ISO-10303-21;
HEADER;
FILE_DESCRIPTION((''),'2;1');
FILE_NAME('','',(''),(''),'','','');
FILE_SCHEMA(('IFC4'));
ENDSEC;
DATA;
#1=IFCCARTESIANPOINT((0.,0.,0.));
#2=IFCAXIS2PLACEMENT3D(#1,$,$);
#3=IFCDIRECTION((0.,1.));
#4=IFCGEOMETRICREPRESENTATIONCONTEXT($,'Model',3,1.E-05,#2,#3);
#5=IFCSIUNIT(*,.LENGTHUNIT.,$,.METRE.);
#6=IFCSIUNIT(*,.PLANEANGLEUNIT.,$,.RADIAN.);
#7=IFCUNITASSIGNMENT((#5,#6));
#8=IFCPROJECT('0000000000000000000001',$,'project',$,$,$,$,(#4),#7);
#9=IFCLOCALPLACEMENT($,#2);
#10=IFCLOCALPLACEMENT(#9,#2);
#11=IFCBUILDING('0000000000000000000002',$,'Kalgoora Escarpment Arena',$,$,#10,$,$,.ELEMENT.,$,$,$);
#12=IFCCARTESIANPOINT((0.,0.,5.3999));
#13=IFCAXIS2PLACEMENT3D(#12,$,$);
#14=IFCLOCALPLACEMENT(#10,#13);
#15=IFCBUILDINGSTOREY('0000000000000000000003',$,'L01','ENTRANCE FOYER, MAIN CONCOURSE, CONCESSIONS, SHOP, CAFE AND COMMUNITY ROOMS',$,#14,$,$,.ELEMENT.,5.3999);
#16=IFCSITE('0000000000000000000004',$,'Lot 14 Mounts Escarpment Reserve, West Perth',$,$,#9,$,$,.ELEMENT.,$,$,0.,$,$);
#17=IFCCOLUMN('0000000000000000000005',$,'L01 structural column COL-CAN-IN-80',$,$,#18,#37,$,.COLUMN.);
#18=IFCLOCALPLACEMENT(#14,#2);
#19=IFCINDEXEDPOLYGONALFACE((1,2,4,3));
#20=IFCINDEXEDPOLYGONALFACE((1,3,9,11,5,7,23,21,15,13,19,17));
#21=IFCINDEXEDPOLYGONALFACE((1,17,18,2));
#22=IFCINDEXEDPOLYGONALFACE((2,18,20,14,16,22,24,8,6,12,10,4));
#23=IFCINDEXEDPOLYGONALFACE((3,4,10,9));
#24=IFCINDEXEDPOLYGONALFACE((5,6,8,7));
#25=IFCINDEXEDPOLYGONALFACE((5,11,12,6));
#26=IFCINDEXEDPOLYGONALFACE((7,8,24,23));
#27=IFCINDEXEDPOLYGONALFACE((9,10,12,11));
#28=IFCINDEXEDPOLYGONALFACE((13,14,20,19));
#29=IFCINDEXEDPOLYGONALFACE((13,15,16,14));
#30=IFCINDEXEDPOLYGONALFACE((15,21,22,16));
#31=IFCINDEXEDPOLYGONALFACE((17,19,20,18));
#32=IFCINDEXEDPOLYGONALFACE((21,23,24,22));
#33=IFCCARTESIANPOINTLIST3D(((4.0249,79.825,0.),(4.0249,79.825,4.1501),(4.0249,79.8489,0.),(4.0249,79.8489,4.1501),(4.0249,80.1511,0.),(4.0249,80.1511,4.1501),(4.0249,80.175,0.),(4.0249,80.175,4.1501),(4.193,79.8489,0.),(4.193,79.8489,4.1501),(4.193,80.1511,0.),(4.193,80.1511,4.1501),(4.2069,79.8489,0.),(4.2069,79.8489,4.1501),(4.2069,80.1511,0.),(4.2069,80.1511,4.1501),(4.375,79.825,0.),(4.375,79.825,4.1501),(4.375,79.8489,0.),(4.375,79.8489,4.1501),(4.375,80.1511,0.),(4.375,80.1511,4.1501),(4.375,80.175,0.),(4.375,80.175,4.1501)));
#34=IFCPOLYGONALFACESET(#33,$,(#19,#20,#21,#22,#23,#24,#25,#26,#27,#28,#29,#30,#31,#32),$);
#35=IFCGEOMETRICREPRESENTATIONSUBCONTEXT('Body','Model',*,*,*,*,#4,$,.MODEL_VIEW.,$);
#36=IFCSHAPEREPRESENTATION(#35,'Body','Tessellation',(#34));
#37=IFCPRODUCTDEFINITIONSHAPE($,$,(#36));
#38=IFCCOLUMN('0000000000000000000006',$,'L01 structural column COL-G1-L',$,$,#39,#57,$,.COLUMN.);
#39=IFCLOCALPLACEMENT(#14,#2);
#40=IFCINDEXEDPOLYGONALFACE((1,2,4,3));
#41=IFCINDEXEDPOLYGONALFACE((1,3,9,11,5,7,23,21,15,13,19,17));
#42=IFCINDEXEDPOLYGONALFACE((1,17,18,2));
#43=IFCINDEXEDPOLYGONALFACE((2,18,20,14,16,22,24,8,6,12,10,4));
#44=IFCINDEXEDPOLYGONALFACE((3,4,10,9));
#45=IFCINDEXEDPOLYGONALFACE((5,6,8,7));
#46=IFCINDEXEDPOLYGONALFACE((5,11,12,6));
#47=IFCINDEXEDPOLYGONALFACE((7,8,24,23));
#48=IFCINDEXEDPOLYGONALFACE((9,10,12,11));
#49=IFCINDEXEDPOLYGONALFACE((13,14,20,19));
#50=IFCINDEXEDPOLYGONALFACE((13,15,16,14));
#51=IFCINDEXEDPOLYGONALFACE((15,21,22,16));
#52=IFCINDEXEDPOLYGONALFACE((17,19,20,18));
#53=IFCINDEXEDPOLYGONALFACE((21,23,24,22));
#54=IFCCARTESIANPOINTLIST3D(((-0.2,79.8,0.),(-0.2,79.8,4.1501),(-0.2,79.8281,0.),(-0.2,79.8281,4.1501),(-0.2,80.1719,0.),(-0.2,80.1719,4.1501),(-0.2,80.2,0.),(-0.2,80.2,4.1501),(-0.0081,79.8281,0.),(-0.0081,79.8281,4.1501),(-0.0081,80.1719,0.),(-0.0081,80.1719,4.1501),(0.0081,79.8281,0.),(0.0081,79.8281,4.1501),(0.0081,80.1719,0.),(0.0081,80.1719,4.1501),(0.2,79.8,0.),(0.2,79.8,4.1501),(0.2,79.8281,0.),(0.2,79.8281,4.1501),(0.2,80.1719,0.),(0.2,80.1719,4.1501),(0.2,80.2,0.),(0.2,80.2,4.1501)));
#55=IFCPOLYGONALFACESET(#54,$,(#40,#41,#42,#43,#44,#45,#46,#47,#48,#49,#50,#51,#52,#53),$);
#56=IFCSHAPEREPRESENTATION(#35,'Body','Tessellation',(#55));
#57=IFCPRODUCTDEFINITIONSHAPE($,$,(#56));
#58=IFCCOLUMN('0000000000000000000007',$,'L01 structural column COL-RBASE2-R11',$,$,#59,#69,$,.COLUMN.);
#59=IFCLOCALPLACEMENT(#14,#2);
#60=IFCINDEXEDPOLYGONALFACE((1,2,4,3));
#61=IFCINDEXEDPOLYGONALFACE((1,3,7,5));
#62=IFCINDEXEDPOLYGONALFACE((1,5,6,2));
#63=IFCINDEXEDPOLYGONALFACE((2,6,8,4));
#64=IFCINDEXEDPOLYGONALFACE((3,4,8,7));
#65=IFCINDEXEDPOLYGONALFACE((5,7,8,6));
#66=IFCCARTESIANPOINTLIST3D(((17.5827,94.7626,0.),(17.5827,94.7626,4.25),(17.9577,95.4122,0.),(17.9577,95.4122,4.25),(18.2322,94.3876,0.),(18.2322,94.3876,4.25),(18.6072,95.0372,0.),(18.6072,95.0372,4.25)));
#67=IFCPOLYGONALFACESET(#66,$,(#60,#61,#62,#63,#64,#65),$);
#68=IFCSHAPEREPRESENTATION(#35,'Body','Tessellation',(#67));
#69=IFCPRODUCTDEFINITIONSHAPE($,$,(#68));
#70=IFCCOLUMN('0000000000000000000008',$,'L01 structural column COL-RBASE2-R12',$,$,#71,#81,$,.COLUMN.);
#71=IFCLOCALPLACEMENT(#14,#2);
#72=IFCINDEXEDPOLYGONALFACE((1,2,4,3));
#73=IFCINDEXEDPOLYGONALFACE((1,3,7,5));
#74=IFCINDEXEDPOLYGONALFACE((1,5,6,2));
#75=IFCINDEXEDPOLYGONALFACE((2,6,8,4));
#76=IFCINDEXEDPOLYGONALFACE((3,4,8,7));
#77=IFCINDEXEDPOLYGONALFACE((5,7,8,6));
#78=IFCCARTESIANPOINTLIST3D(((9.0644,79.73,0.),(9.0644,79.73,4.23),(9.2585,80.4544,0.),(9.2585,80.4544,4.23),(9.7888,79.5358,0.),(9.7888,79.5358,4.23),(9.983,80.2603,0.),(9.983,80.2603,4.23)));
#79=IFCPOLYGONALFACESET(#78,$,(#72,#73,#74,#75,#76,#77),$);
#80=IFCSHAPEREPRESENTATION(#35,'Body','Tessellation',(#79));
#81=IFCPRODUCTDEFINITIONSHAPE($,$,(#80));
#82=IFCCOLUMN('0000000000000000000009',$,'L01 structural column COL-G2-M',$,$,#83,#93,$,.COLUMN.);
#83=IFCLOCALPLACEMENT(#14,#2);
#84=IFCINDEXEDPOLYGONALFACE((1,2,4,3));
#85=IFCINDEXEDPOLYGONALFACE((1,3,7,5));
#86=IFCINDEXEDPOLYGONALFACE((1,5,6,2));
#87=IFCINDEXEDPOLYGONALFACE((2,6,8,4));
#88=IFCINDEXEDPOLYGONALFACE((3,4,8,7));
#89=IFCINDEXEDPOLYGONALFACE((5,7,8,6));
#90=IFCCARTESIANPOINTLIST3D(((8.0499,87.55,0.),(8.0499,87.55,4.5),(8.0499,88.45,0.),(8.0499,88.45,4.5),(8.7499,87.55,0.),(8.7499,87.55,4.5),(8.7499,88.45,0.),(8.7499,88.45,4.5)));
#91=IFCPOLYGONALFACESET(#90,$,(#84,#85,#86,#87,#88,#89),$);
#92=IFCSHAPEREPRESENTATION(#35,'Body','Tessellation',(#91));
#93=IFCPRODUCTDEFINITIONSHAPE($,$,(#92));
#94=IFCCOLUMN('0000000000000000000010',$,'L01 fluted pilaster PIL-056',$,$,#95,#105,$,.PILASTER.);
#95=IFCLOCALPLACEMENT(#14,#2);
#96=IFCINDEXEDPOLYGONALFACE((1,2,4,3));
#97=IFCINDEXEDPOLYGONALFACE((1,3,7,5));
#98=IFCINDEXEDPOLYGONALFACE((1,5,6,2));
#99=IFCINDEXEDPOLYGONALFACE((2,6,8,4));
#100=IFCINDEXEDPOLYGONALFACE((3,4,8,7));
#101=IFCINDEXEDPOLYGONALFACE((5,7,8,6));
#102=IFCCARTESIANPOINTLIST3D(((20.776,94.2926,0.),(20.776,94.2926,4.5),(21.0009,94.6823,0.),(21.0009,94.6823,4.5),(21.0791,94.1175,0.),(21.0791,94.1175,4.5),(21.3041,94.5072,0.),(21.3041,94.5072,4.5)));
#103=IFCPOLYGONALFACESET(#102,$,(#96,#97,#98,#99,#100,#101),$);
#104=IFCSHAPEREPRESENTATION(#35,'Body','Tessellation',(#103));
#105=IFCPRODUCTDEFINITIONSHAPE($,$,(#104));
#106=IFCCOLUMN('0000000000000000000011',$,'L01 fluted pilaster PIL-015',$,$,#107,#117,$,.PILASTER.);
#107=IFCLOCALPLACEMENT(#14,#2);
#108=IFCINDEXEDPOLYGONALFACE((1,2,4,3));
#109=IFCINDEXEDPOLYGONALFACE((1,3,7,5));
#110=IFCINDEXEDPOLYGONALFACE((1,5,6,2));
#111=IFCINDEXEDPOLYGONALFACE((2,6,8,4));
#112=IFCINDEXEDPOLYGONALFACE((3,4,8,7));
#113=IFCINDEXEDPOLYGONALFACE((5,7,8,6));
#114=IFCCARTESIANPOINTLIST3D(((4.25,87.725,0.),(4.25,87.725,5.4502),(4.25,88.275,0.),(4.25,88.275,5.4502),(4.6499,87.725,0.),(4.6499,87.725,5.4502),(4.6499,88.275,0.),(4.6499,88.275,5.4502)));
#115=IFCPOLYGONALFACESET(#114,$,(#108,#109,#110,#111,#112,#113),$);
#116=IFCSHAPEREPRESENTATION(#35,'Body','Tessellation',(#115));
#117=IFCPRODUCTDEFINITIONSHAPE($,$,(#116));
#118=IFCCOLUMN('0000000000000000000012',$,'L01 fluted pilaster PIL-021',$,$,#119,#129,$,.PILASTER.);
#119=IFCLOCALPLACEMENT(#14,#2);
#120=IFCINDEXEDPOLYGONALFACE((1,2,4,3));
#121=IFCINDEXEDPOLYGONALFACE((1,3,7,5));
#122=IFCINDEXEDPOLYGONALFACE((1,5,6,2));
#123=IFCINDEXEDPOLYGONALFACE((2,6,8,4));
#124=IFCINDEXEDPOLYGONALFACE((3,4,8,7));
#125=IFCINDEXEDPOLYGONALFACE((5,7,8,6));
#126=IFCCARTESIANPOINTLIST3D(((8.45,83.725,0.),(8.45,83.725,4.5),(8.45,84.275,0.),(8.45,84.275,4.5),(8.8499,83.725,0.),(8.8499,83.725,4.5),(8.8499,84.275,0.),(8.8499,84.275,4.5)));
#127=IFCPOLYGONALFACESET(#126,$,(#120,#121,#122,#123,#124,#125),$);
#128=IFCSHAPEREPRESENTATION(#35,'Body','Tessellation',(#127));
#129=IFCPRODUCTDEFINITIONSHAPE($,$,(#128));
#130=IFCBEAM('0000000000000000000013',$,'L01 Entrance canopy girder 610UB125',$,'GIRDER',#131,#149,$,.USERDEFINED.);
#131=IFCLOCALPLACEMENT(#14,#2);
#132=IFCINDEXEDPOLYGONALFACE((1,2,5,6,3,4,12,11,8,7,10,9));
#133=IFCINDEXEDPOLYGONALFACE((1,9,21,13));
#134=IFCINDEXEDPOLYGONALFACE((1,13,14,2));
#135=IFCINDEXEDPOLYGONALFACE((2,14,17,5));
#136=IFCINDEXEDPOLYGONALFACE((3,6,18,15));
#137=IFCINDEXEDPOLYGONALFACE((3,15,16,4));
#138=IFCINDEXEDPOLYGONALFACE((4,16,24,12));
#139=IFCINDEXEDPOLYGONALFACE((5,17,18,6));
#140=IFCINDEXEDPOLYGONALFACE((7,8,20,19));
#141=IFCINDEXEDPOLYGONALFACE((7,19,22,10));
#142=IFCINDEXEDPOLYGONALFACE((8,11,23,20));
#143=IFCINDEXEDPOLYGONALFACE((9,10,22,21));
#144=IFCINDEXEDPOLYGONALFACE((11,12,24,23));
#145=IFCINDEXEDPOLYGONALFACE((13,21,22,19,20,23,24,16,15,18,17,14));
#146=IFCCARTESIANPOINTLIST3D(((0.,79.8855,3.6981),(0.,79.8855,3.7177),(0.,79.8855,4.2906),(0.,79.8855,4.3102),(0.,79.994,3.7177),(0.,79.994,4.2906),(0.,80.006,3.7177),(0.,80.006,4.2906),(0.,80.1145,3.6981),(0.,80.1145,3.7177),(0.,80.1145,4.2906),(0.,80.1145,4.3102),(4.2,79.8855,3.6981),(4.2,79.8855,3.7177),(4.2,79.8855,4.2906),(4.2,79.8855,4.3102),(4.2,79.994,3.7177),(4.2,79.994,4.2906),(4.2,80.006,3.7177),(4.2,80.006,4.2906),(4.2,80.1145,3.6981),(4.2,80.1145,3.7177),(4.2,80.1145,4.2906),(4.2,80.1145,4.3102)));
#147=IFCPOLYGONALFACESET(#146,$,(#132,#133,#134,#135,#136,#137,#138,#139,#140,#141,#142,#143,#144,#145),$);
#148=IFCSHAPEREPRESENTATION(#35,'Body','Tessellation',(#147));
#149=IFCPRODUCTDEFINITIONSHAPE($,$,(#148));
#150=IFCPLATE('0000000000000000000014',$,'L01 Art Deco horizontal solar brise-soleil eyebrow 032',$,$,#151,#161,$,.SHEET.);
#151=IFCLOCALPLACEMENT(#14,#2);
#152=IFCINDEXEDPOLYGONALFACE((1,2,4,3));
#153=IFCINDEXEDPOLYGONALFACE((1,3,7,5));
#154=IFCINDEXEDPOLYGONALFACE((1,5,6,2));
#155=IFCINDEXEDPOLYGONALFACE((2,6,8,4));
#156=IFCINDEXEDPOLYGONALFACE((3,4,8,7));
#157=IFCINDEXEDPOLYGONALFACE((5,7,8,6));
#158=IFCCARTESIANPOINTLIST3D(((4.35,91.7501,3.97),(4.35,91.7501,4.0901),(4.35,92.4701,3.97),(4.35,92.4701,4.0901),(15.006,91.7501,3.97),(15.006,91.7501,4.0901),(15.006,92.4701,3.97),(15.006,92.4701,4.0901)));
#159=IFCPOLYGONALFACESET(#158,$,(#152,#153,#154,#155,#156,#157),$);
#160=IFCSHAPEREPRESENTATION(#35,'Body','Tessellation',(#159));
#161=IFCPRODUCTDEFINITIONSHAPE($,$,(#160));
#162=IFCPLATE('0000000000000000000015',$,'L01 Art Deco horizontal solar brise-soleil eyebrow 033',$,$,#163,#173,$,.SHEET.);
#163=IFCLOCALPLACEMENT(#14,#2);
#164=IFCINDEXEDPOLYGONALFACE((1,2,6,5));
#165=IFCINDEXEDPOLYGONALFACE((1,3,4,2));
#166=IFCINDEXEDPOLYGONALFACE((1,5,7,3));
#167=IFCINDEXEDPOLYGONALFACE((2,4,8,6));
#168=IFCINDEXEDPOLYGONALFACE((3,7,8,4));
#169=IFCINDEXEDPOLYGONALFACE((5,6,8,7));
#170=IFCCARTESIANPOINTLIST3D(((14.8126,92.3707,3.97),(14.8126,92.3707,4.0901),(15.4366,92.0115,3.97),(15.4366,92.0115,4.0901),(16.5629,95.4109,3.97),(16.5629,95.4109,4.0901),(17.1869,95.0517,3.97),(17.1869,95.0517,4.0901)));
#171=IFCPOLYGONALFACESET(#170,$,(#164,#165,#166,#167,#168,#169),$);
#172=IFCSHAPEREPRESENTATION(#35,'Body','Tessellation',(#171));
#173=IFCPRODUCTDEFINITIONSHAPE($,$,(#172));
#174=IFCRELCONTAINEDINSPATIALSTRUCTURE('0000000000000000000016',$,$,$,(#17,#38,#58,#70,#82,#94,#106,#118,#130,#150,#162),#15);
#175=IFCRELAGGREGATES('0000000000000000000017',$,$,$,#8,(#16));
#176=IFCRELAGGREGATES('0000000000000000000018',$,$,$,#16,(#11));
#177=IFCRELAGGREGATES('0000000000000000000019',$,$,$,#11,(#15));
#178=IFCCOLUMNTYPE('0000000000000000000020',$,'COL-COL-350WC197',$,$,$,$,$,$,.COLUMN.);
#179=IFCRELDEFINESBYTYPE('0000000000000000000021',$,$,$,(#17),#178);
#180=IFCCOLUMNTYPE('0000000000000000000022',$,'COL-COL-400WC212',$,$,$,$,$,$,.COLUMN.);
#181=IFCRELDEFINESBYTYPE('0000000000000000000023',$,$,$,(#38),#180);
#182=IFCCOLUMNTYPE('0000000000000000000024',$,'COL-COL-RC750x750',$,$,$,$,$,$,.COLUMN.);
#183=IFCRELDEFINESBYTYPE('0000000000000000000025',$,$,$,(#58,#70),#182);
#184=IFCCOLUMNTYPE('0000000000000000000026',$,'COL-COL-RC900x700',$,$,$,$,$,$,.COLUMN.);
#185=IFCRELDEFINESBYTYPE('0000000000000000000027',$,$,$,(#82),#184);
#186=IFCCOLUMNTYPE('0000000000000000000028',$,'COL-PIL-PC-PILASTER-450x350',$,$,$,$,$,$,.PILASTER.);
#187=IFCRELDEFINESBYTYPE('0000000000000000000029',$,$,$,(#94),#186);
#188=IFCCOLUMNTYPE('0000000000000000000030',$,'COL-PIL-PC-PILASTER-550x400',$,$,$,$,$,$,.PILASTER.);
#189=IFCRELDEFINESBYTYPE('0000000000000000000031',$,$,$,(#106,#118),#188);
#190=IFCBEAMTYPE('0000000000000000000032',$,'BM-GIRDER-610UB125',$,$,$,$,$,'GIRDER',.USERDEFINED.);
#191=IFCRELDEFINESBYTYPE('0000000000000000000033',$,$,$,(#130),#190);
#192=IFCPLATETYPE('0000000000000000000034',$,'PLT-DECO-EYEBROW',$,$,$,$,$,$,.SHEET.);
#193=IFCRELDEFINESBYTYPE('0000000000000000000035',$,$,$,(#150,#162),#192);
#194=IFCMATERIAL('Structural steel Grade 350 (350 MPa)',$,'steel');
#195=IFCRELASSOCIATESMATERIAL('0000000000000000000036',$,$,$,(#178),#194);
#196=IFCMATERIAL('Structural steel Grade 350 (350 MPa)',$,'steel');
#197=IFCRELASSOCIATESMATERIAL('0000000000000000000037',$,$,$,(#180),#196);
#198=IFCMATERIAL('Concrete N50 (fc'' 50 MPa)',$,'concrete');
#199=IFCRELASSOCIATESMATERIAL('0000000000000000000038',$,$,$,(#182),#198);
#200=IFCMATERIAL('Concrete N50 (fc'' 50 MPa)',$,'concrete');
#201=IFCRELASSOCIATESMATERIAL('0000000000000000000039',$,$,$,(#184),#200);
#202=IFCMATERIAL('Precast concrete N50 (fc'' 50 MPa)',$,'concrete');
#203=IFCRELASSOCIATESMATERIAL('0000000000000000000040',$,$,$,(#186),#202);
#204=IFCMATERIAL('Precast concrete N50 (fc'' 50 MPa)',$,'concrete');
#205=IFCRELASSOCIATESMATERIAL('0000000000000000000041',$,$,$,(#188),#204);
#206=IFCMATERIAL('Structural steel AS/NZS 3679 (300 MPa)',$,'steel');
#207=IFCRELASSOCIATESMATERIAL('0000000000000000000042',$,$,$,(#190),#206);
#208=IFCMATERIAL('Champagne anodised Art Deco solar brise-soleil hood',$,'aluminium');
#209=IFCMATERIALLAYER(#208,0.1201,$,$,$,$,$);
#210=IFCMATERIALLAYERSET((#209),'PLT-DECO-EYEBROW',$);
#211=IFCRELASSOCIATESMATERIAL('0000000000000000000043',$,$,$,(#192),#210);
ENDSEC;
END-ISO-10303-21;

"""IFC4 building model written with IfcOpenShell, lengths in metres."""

from ifc_helpers import new_model, si_unit, direction, frame, origin, origin_2d, place, context, subcontext, project, spatial, rectangle, i_section, extrude, material, layer, layer_set, material_profile, profile_set, type_object, element, save


model = new_model("IFC4")

# Units and contexts
model_context = context("Model", 3, precision=1e-05, world=origin(), true_north=direction((0.0, 1.0)))
body_context = subcontext(model_context, "Body", "Model", "MODEL_VIEW")
ifc_project = project(units=[si_unit("LENGTHUNIT", "METRE"), si_unit("PLANEANGLEUNIT", "RADIAN")], contexts=[model_context])

# Site, building, storey
site_placement = place(None, origin())
site = spatial("IfcSite", under=ifc_project, at=site_placement, Name="Lot 14 Mounts Escarpment Reserve, West Perth", CompositionType="ELEMENT", RefElevation=0.0)
building_placement = place(site_placement, origin())
building = spatial("IfcBuilding", under=site, at=building_placement, Name="Kalgoora Escarpment Arena", CompositionType="ELEMENT")
storey_placement = place(building_placement, frame((0.0, 0.0, 5.3999)))
storey = spatial("IfcBuildingStorey", under=building, at=storey_placement, Name="L01", Description="ENTRANCE FOYER, MAIN CONCOURSE, CONCESSIONS, SHOP, CAFE AND COMMUNITY ROOMS", CompositionType="ELEMENT", Elevation=5.3999)

# Columns
ifc_material_1 = material(Name="Structural steel Grade 350 (350 MPa)", Category="steel")
ifc_material_profile_1 = material_profile(ifc_material_1, i_section(OverallWidth=0.3501, OverallDepth=0.3501, WebThickness=0.0139, FlangeThickness=0.0239, at=origin_2d()))
ifc_profile_set_1 = profile_set([ifc_material_profile_1], Name="Structural steel Grade 350 (350 MPa)")
column_type_1 = type_object("IfcColumnType", Name="COL-COL-350WC197", PredefinedType="COLUMN", material=ifc_profile_set_1)
column_1_placement = place(storey_placement, frame((4.2, 80.0, 0.0), z_axis=(0.0, 0.0, 1.0), x_axis=(1.0, 0.0, 0.0)))
element("IfcColumn", 1, at=column_1_placement, inside=storey, type_object=column_type_1, Name="L01 structural column COL-CAN-IN-80", PredefinedType="COLUMN", context=body_context, shape_type="SweptSolid", body=[
    extrude(i_section(OverallWidth=0.3501, OverallDepth=0.3501, WebThickness=0.0139, FlangeThickness=0.0239, at=origin_2d()), origin(), (0.0, 0.0, 1.0), 4.1501),
])
ifc_material_2 = material(Name="Structural steel Grade 350 (350 MPa)", Category="steel")
ifc_material_profile_2 = material_profile(ifc_material_2, i_section(OverallWidth=0.3999, OverallDepth=0.3999, WebThickness=0.0161, FlangeThickness=0.0281, at=origin_2d()))
ifc_profile_set_2 = profile_set([ifc_material_profile_2], Name="Structural steel Grade 350 (350 MPa)")
column_type_2 = type_object("IfcColumnType", Name="COL-COL-400WC212", PredefinedType="COLUMN", material=ifc_profile_set_2)
column_2_placement = place(storey_placement, frame((0.0, 80.0, 0.0), z_axis=(0.0, 0.0, 1.0), x_axis=(1.0, 0.0, 0.0)))
element("IfcColumn", 2, at=column_2_placement, inside=storey, type_object=column_type_2, Name="L01 structural column COL-G1-L", PredefinedType="COLUMN", context=body_context, shape_type="SweptSolid", body=[
    extrude(i_section(OverallWidth=0.3999, OverallDepth=0.3999, WebThickness=0.0161, FlangeThickness=0.0281, at=origin_2d()), origin(), (0.0, 0.0, 1.0), 4.1501),
])
ifc_material_3 = material(Name="Concrete N50 (fc' 50 MPa)", Category="concrete")
ifc_material_profile_3 = material_profile(ifc_material_3, rectangle(XDim=0.75, YDim=0.75, at=origin_2d()))
ifc_profile_set_3 = profile_set([ifc_material_profile_3], Name="Concrete N50 (fc' 50 MPa)")
column_type_3 = type_object("IfcColumnType", Name="COL-COL-RC750x750", PredefinedType="COLUMN", material=ifc_profile_set_3)
column_3_placement = place(storey_placement, frame((18.095, 94.8999, 0.0), z_axis=(0.0, 0.0, 1.0), x_axis=(-0.866025, 0.5, 0.0)))
element("IfcColumn", 3, at=column_3_placement, inside=storey, type_object=column_type_3, Name="L01 structural column COL-RBASE2-R11", PredefinedType="COLUMN", context=body_context, shape_type="SweptSolid", body=[
    extrude(rectangle(XDim=0.75, YDim=0.75, at=origin_2d()), origin(), (0.0, 0.0, 1.0), 4.25),
])
column_4_placement = place(storey_placement, frame((9.5237, 79.9951, 0.0), z_axis=(0.0, 0.0, 1.0), x_axis=(-0.965926, 0.258819, 0.0)))
element("IfcColumn", 4, at=column_4_placement, inside=storey, type_object=column_type_3, Name="L01 structural column COL-RBASE2-R12", PredefinedType="COLUMN", context=body_context, shape_type="SweptSolid", body=[
    extrude(rectangle(XDim=0.75, YDim=0.75, at=origin_2d()), origin(), (0.0, 0.0, 1.0), 4.23),
])
ifc_material_4 = material(Name="Concrete N50 (fc' 50 MPa)", Category="concrete")
ifc_material_profile_4 = material_profile(ifc_material_4, rectangle(XDim=0.7, YDim=0.8999, at=origin_2d()))
ifc_profile_set_4 = profile_set([ifc_material_profile_4], Name="Concrete N50 (fc' 50 MPa)")
column_type_4 = type_object("IfcColumnType", Name="COL-COL-RC900x700", PredefinedType="COLUMN", material=ifc_profile_set_4)
column_5_placement = place(storey_placement, frame((8.3999, 88.0, 0.0), z_axis=(0.0, 0.0, 1.0), x_axis=(1.0, 0.0, 0.0)))
element("IfcColumn", 5, at=column_5_placement, inside=storey, type_object=column_type_4, Name="L01 structural column COL-G2-M", PredefinedType="COLUMN", context=body_context, shape_type="SweptSolid", body=[
    extrude(rectangle(XDim=0.7, YDim=0.8999, at=origin_2d()), origin(), (0.0, 0.0, 1.0), 4.5),
])
ifc_material_5 = material(Name="Precast concrete N50 (fc' 50 MPa)", Category="concrete")
ifc_material_profile_5 = material_profile(ifc_material_5, rectangle(XDim=0.3501, YDim=0.45, at=origin_2d()))
ifc_profile_set_5 = profile_set([ifc_material_profile_5], Name="Precast concrete N50 (fc' 50 MPa)")
column_type_5 = type_object("IfcColumnType", Name="COL-PIL-PC-PILASTER-450x350", PredefinedType="PILASTER", material=ifc_profile_set_5)
column_6_placement = place(storey_placement, frame((21.04, 94.3999, 0.0), z_axis=(0.0, 0.0, 1.0), x_axis=(-0.866025, 0.5, 0.0)))
element("IfcColumn", 6, at=column_6_placement, inside=storey, type_object=column_type_5, Name="L01 fluted pilaster PIL-056", PredefinedType="PILASTER", context=body_context, shape_type="SweptSolid", body=[
    extrude(rectangle(XDim=0.3501, YDim=0.45, at=origin_2d()), origin(), (0.0, 0.0, 1.0), 4.5),
])
ifc_material_6 = material(Name="Precast concrete N50 (fc' 50 MPa)", Category="concrete")
ifc_material_profile_6 = material_profile(ifc_material_6, rectangle(XDim=0.3999, YDim=0.55, at=origin_2d()))
ifc_profile_set_6 = profile_set([ifc_material_profile_6], Name="Precast concrete N50 (fc' 50 MPa)")
column_type_6 = type_object("IfcColumnType", Name="COL-PIL-PC-PILASTER-550x400", PredefinedType="PILASTER", material=ifc_profile_set_6)
column_7_placement = place(storey_placement, frame((4.45, 88.0, 0.0), z_axis=(0.0, 0.0, 1.0), x_axis=(1.0, 0.0, 0.0)))
element("IfcColumn", 7, at=column_7_placement, inside=storey, type_object=column_type_6, Name="L01 fluted pilaster PIL-015", PredefinedType="PILASTER", context=body_context, shape_type="SweptSolid", body=[
    extrude(rectangle(XDim=0.3999, YDim=0.55, at=origin_2d()), origin(), (0.0, 0.0, 1.0), 5.4502),
])
column_8_placement = place(storey_placement, frame((8.6499, 84.0, 0.0), z_axis=(0.0, 0.0, 1.0), x_axis=(1.0, 0.0, 0.0)))
element("IfcColumn", 8, at=column_8_placement, inside=storey, type_object=column_type_6, Name="L01 fluted pilaster PIL-021", PredefinedType="PILASTER", context=body_context, shape_type="SweptSolid", body=[
    extrude(rectangle(XDim=0.3999, YDim=0.55, at=origin_2d()), origin(), (0.0, 0.0, 1.0), 4.5),
])

# Beam
ifc_material_7 = material(Name="Structural steel AS/NZS 3679 (300 MPa)", Category="steel")
ifc_material_profile_7 = material_profile(ifc_material_7, i_section(OverallWidth=0.229, OverallDepth=0.6121, WebThickness=0.012, FlangeThickness=0.0195, at=origin_2d()))
ifc_profile_set_7 = profile_set([ifc_material_profile_7], Name="Structural steel AS/NZS 3679 (300 MPa)")
beam_type = type_object("IfcBeamType", Name="BM-GIRDER-610UB125", ElementType="GIRDER", PredefinedType="USERDEFINED", material=ifc_profile_set_7)
beam_placement = place(storey_placement, frame((0.0, 80.0, 4.0042), z_axis=(1.0, 0.0, 0.0), x_axis=(0.0, 1.0, 0.0)))
element("IfcBeam", 9, at=beam_placement, inside=storey, type_object=beam_type, Name="L01 Entrance canopy girder 610UB125", ObjectType="GIRDER", PredefinedType="USERDEFINED", context=body_context, shape_type="SweptSolid", body=[
    extrude(i_section(OverallWidth=0.229, OverallDepth=0.6121, WebThickness=0.012, FlangeThickness=0.0195, at=origin_2d()), origin(), (0.0, 0.0, 1.0), 4.2),
])

# Plates
ifc_material_8 = material(Name="Champagne anodised Art Deco solar brise-soleil hood", Category="aluminium")
ifc_layer_1 = layer(ifc_material_8, 0.1201)
ifc_layer_set_1 = layer_set([ifc_layer_1], Name="PLT-DECO-EYEBROW")
plate_type = type_object("IfcPlateType", Name="PLT-DECO-EYEBROW", PredefinedType="SHEET", material=ifc_layer_set_1)
plate_1_placement = place(storey_placement, frame((9.678, 92.1101, 3.97), z_axis=(0.0, 0.0, 1.0), x_axis=(1.0, 0.0, 0.0)))
element("IfcPlate", 10, at=plate_1_placement, inside=storey, type_object=plate_type, Name="L01 Art Deco horizontal solar brise-soleil eyebrow 032", PredefinedType="SHEET", context=body_context, shape_type="SweptSolid", body=[
    extrude(rectangle(XDim=10.656, YDim=0.72, at=origin_2d()), origin(), (0.0, 0.0, 1.0), 0.1201),
])
plate_2_placement = place(storey_placement, frame((15.9998, 93.7112, 3.97), z_axis=(0.0, 0.0, 1.0), x_axis=(0.498942, 0.866636, 0.0)))
element("IfcPlate", 11, at=plate_2_placement, inside=storey, type_object=plate_type, Name="L01 Art Deco horizontal solar brise-soleil eyebrow 033", PredefinedType="SHEET", context=body_context, shape_type="SweptSolid", body=[
    extrude(rectangle(XDim=3.5081, YDim=0.72, at=origin_2d()), origin(), (0.0, 0.0, 1.0), 0.1201),
])

save(model, "model.ifc")
